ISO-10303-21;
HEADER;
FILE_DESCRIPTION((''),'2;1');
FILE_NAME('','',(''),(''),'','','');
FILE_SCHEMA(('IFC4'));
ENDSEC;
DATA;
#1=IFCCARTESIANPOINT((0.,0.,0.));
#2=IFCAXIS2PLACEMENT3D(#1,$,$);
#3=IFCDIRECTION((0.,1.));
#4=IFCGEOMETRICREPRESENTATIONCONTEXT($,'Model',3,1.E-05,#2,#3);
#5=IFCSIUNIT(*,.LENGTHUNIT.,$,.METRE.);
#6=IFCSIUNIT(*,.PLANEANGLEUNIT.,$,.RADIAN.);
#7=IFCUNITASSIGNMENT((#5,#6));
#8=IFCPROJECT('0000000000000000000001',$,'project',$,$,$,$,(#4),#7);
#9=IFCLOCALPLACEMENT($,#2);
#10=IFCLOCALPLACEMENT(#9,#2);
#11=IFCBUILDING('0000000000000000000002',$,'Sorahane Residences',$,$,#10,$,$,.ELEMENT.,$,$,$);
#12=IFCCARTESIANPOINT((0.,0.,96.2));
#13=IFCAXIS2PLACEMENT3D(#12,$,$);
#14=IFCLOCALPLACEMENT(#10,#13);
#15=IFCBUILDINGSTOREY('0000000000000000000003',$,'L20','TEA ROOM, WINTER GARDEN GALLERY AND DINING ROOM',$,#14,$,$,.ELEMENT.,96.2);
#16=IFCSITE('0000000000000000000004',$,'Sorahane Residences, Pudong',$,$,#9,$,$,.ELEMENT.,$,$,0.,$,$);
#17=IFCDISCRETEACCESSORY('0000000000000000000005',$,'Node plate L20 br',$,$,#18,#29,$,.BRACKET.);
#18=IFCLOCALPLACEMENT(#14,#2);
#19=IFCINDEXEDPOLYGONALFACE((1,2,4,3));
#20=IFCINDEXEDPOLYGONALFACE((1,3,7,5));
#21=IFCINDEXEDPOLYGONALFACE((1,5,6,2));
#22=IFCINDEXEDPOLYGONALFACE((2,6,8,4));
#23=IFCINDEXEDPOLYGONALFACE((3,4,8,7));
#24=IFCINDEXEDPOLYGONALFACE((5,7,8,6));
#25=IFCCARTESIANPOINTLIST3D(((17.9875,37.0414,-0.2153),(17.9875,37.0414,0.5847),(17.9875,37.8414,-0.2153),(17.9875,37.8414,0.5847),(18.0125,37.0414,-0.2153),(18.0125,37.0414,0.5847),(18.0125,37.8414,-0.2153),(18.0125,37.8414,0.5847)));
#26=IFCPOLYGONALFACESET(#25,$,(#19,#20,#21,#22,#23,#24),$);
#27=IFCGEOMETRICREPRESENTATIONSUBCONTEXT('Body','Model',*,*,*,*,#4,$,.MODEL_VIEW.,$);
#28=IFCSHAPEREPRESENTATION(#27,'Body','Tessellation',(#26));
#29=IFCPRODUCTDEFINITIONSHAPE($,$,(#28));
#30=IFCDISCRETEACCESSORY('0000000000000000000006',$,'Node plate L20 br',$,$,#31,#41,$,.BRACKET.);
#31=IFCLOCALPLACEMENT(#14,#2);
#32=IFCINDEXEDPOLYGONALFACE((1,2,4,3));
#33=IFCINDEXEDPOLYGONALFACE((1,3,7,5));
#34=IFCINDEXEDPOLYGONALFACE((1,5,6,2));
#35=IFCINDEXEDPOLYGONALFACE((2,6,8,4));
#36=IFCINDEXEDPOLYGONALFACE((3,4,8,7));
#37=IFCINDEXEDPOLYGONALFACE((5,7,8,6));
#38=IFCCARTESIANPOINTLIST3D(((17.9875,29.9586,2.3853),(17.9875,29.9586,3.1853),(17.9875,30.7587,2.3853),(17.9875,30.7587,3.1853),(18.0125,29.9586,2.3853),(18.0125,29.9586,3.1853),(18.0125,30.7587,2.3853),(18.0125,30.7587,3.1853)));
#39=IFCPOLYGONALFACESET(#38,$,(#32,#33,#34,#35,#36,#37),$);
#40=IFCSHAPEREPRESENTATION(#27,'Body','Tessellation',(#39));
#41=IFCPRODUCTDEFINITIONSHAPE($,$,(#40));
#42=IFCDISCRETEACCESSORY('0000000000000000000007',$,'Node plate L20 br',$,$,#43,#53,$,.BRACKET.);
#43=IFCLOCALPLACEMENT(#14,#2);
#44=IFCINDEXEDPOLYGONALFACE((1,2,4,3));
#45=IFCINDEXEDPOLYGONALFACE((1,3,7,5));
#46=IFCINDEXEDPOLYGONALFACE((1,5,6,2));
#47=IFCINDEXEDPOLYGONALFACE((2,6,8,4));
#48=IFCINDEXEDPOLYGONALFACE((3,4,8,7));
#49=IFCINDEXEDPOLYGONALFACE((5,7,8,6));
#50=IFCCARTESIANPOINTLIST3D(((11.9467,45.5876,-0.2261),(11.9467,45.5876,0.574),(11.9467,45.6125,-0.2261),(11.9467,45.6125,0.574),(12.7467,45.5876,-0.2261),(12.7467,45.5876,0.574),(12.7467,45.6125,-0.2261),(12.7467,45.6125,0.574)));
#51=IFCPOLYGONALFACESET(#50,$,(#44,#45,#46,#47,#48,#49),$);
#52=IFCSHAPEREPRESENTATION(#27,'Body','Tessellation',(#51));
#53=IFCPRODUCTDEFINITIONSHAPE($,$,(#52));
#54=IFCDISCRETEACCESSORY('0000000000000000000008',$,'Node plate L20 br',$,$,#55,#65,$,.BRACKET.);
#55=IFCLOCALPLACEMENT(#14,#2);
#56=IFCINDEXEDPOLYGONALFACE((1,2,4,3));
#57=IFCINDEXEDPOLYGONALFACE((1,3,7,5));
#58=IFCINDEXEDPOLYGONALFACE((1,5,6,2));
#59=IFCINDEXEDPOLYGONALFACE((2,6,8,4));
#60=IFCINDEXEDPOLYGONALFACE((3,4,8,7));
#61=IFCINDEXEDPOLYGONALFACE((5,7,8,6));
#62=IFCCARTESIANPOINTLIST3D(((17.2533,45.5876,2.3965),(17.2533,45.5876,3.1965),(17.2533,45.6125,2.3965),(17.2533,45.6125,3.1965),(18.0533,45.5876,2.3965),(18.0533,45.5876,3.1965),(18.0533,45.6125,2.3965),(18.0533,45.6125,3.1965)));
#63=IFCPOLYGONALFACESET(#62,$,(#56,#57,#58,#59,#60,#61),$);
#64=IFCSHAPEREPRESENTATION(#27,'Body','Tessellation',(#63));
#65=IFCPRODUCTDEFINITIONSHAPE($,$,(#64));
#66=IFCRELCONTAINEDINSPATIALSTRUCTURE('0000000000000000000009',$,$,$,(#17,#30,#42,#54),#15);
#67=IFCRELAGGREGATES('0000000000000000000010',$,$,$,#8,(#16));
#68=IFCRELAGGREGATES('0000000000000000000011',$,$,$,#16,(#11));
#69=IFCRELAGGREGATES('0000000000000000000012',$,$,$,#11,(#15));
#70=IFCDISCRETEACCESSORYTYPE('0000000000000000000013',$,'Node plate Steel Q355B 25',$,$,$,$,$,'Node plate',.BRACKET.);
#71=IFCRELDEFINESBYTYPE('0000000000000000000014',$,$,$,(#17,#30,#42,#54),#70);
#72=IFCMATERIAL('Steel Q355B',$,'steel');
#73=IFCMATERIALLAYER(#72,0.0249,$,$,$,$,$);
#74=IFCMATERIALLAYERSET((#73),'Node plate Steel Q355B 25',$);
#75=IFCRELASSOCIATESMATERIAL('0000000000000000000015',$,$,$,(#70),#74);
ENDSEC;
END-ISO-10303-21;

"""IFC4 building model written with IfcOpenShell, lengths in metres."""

from ifc_helpers import new_model, si_unit, direction, frame, origin, origin_2d, place, context, subcontext, project, spatial, rectangle, extrude, material, layer, layer_set, type_object, element, save


model = new_model("IFC4")

# Units and contexts
model_context = context("Model", 3, precision=1e-05, world=origin(), true_north=direction((0.0, 1.0)))
body_context = subcontext(model_context, "Body", "Model", "MODEL_VIEW")
ifc_project = project(units=[si_unit("LENGTHUNIT", "METRE"), si_unit("PLANEANGLEUNIT", "RADIAN")], contexts=[model_context])

# Site, building, storey
site_placement = place(None, origin())
site = spatial("IfcSite", under=ifc_project, at=site_placement, Name="Sorahane Residences, Pudong", CompositionType="ELEMENT", RefElevation=0.0)
building_placement = place(site_placement, origin())
building = spatial("IfcBuilding", under=site, at=building_placement, Name="Sorahane Residences", CompositionType="ELEMENT")
storey_placement = place(building_placement, frame((0.0, 0.0, 96.2)))
storey = spatial("IfcBuildingStorey", under=building, at=storey_placement, Name="L20", Description="TEA ROOM, WINTER GARDEN GALLERY AND DINING ROOM", CompositionType="ELEMENT", Elevation=96.2)

# Discrete accessories
ifc_material_1 = material(Name="Steel Q355B", Category="steel")
ifc_layer_1 = layer(ifc_material_1, 0.0249)
ifc_layer_set_1 = layer_set([ifc_layer_1], Name="Node plate Steel Q355B 25")
discrete_accessory_type = type_object("IfcDiscreteAccessoryType", Name="Node plate Steel Q355B 25", ElementType="Node plate", PredefinedType="BRACKET", material=ifc_layer_set_1)
for number, where, z_axis, x_axis, name in (
    (1, (18.0, 37.4414, -0.2153), (0.0, 0.0, 1.0), (0.0, 1.0, 0.0), "Node plate L20 br"),
    (2, (18.0, 30.3586, 2.3853), (0.0, 0.0, 1.0), (0.0, 1.0, 0.0), "Node plate L20 br"),
    (3, (12.3467, 45.6001, -0.2261), (0.0, 0.0, 1.0), (1.0, 0.0, 0.0), "Node plate L20 br"),
    (4, (17.6533, 45.6001, 2.3965), (0.0, 0.0, 1.0), (1.0, 0.0, 0.0), "Node plate L20 br"),
):
    element("IfcDiscreteAccessory", number, at=place(storey_placement, frame(where, z_axis=z_axis, x_axis=x_axis)), inside=storey, type_object=discrete_accessory_type, Name=name, PredefinedType="BRACKET", context=body_context, shape_type="SweptSolid", body=[
        extrude(rectangle(XDim=0.8, YDim=0.0249, at=origin_2d()), origin(), (0.0, 0.0, 1.0), 0.8),
    ])

save(model, "model.ifc")
